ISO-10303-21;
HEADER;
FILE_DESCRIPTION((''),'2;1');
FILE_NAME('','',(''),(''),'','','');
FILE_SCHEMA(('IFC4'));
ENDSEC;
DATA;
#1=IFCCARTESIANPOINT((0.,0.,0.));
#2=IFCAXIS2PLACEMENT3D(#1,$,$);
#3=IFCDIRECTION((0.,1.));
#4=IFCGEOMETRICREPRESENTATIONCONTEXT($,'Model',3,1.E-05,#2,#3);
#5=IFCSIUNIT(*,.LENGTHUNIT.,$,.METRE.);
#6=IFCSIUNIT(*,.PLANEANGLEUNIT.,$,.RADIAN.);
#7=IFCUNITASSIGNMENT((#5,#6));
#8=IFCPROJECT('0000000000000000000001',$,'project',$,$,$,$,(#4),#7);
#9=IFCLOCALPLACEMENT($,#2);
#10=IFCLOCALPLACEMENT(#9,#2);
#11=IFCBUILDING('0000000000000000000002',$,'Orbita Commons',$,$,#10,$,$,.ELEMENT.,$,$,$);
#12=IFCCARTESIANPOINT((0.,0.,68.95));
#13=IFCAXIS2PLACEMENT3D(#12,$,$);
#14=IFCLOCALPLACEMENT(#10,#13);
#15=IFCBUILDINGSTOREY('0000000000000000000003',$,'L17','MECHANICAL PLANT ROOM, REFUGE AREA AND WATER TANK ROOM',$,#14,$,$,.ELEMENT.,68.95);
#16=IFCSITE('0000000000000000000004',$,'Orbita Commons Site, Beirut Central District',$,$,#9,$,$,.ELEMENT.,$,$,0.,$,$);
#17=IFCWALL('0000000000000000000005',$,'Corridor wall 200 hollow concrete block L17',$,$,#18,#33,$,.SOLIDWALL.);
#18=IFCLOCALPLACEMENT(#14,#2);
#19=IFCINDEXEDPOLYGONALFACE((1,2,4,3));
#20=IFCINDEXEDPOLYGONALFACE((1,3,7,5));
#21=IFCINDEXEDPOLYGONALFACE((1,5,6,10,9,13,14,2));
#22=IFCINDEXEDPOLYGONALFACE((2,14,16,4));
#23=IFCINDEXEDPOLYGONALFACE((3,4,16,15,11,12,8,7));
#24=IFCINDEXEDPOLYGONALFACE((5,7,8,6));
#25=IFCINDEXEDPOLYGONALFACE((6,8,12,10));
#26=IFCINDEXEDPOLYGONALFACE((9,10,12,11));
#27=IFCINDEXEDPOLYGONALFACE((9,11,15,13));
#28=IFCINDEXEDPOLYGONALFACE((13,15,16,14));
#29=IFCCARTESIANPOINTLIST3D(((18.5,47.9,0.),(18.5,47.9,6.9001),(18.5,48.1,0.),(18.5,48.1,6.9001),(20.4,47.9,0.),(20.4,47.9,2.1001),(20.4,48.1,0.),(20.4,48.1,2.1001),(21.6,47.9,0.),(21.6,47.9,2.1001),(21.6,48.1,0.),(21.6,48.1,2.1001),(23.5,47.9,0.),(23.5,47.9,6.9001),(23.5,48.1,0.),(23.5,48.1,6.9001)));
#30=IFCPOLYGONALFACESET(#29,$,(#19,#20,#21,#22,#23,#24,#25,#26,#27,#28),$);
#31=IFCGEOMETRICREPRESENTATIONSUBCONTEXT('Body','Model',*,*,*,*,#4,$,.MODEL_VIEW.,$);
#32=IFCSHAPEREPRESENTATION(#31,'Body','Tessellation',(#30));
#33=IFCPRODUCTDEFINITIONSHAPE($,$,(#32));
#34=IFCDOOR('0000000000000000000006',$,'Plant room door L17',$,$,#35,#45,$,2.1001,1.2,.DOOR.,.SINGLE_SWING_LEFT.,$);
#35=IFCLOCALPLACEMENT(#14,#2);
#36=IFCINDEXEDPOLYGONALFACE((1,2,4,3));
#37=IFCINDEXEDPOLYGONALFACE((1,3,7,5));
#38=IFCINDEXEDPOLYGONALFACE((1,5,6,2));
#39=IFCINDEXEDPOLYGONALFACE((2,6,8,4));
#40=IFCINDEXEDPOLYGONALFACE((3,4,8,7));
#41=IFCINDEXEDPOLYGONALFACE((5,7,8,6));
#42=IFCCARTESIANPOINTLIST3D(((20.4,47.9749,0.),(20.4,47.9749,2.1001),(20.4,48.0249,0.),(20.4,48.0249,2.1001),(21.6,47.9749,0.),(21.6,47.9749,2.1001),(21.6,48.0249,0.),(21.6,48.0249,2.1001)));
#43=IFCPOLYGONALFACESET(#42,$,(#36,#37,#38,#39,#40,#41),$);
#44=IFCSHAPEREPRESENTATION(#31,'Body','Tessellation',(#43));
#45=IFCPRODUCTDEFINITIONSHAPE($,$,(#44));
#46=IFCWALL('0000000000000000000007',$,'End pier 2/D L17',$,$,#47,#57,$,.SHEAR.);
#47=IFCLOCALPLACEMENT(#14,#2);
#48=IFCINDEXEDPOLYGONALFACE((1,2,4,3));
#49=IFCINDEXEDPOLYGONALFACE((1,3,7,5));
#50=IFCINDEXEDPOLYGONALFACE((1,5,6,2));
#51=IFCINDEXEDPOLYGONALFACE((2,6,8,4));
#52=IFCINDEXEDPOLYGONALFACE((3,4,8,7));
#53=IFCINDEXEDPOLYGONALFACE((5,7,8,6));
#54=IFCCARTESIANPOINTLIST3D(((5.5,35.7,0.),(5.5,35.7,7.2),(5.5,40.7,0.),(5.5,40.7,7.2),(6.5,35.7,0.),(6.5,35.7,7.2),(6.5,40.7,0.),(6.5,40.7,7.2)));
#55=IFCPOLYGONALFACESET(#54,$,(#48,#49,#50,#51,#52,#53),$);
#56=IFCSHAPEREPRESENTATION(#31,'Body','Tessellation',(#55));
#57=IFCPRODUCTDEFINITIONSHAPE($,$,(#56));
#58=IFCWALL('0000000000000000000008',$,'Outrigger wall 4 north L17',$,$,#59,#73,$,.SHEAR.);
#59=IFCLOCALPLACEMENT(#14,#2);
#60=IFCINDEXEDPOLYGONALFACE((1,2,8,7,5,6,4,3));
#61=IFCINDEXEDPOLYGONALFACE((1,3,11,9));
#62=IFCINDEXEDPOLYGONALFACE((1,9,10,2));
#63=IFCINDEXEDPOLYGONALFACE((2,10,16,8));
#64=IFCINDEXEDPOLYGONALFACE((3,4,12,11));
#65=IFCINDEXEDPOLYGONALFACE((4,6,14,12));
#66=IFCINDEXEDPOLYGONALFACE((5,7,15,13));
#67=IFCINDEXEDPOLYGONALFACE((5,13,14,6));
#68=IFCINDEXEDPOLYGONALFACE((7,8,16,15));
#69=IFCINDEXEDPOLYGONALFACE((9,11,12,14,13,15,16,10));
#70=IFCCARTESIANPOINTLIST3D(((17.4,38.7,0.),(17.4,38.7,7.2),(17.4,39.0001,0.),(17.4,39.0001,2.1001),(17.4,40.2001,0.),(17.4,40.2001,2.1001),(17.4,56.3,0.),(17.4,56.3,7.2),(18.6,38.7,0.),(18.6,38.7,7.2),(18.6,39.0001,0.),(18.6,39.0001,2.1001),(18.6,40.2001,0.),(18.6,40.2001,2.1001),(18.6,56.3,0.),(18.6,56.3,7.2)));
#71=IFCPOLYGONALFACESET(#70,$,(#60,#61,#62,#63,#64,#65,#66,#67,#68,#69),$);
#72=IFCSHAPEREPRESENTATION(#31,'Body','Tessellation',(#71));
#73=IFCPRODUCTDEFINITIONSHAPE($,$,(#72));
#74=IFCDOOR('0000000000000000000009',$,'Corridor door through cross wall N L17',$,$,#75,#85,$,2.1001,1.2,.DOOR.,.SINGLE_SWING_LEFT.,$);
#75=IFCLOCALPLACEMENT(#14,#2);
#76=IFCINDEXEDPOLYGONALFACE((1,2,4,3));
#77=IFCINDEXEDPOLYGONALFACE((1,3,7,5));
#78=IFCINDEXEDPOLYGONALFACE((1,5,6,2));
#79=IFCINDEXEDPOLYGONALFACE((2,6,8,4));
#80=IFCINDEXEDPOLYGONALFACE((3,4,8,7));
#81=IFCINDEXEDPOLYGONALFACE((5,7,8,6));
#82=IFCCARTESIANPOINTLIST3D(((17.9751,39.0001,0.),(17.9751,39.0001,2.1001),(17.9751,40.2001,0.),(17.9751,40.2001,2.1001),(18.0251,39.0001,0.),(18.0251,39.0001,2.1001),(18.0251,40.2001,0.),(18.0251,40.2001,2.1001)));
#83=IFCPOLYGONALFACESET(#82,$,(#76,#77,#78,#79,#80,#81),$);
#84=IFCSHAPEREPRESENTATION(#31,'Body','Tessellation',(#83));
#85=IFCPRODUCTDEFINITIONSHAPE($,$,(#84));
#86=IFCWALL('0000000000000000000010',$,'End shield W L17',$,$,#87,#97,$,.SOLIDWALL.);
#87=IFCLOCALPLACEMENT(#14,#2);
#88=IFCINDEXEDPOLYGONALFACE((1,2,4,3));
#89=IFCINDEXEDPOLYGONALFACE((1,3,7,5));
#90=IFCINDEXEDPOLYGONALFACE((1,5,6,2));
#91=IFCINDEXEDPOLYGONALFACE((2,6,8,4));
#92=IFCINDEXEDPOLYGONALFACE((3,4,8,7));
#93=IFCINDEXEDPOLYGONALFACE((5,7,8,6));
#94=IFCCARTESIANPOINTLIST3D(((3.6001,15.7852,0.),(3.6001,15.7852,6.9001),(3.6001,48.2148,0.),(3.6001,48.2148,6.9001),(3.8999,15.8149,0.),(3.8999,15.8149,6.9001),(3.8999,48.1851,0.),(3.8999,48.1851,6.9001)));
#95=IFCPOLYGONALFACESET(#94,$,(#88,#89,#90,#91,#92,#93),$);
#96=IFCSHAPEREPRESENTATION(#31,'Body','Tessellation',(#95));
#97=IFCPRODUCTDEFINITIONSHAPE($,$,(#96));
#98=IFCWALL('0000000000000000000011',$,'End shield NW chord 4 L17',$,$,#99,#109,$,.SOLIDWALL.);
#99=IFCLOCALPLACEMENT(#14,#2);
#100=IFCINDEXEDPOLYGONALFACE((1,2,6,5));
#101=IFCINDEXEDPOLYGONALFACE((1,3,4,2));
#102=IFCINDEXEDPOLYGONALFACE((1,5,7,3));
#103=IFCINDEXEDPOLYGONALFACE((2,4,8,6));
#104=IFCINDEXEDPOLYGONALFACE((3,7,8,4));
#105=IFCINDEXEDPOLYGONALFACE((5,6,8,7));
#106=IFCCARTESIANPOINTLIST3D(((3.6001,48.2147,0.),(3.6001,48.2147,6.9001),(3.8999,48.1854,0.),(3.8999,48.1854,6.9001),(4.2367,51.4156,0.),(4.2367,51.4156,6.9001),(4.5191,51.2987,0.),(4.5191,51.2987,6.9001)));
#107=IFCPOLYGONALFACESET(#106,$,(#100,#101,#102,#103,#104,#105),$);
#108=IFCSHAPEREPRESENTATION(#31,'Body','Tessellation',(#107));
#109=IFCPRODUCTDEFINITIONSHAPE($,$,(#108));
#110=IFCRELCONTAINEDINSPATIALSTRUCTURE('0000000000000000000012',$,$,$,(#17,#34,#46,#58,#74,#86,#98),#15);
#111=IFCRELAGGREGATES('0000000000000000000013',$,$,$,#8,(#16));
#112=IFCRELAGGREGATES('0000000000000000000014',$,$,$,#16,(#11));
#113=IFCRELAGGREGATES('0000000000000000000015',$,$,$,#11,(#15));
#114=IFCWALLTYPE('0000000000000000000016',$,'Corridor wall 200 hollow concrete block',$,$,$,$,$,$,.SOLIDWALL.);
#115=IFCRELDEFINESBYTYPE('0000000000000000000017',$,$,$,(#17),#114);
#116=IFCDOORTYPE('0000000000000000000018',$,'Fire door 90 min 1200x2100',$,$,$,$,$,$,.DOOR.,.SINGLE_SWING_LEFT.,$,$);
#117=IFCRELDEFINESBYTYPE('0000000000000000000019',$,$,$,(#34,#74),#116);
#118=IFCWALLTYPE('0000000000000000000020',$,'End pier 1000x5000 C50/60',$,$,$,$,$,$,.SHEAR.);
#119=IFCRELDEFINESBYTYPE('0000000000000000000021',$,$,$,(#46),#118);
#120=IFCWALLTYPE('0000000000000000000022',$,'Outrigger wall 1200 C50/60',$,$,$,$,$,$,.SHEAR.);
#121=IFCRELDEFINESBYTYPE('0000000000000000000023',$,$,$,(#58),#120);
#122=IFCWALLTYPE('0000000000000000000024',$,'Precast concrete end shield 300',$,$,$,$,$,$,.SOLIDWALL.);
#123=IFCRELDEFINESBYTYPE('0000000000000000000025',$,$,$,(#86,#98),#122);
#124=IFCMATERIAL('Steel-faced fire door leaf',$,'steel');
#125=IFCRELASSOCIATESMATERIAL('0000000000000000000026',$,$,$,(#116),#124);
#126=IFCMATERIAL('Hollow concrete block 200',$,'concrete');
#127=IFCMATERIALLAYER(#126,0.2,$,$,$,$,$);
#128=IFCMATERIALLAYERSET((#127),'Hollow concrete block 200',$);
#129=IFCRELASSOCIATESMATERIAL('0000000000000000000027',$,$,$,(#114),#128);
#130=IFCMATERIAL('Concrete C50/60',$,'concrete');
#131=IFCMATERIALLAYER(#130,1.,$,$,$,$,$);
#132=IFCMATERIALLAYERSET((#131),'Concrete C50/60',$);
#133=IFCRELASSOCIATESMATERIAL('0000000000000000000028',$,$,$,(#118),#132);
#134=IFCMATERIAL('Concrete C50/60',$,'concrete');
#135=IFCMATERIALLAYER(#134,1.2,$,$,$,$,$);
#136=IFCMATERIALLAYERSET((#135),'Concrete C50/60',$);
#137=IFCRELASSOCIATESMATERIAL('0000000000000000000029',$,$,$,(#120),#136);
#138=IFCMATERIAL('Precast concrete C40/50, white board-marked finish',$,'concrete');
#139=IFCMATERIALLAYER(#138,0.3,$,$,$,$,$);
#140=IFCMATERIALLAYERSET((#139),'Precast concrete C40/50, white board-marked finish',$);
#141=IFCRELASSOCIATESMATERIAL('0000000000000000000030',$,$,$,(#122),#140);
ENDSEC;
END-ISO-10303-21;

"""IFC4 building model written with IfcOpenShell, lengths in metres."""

from ifc_helpers import new_model, si_unit, direction, frame, frame_2d, origin, place, context, subcontext, project, spatial, polyline, rectangle, outline, extrude, material, layer, layer_set, type_object, element, fill, save


model = new_model("IFC4")

# Units and contexts
model_context = context("Model", 3, precision=1e-05, world=origin(), true_north=direction((0.0, 1.0)))
body_context = subcontext(model_context, "Body", "Model", "MODEL_VIEW")
ifc_project = project(units=[si_unit("LENGTHUNIT", "METRE"), si_unit("PLANEANGLEUNIT", "RADIAN")], contexts=[model_context])

# Site, building, storey
site_placement = place(None, origin())
site = spatial("IfcSite", under=ifc_project, at=site_placement, Name="Orbita Commons Site, Beirut Central District", CompositionType="ELEMENT", RefElevation=0.0)
building_placement = place(site_placement, origin())
building = spatial("IfcBuilding", under=site, at=building_placement, Name="Orbita Commons", CompositionType="ELEMENT")
storey_placement = place(building_placement, frame((0.0, 0.0, 68.95)))
storey = spatial("IfcBuildingStorey", under=building, at=storey_placement, Name="L17", Description="MECHANICAL PLANT ROOM, REFUGE AREA AND WATER TANK ROOM", CompositionType="ELEMENT", Elevation=68.95)

# Shared definitions
ifc_material_1 = material(Name="Steel-faced fire door leaf", Category="steel")
door_type_1 = type_object("IfcDoorType", Name="Fire door 90 min 1200x2100", OperationType="SINGLE_SWING_LEFT", PredefinedType="DOOR", material=ifc_material_1)

# Wall, opening, door
ifc_material_2 = material(Name="Hollow concrete block 200", Category="concrete")
ifc_layer_1 = layer(ifc_material_2, 0.2)
ifc_layer_set_1 = layer_set([ifc_layer_1], Name="Hollow concrete block 200")
wall_type_1 = type_object("IfcWallType", Name="Corridor wall 200 hollow concrete block", PredefinedType="SOLIDWALL", material=ifc_layer_set_1)
wall_1_placement = place(storey_placement, frame((18.5, 48.0, 0.0), z_axis=(0.0, 0.0, 1.0), x_axis=(1.0, 0.0, 0.0)))
wall_1 = element("IfcWall", 1, at=wall_1_placement, inside=storey, type_object=wall_type_1, Name="Corridor wall 200 hollow concrete block L17", PredefinedType="SOLIDWALL", context=body_context, shape_type="SweptSolid", body=[
    extrude(rectangle(XDim=5.0, YDim=0.2, at=frame_2d((2.5, 0.0))), origin(), (0.0, 0.0, 1.0), 6.9001),
])
opening_1_placement = place(wall_1_placement, frame((1.8999, 0.0, 0.0)))
opening_1 = element("IfcOpeningElement", 2, at=opening_1_placement, cuts=wall_1, PredefinedType="OPENING", context=body_context, shape_type="SweptSolid", body=[
    extrude(rectangle(XDim=1.2, YDim=2.1001, at=frame_2d((0.6001, 1.05))), frame((0.0, 0.1099, 0.0), z_axis=(0.0, -1.0, 0.0), x_axis=(1.0, 0.0, 0.0)), (0.0, 0.0, 1.0), 0.22),
])
door_1_placement = place(opening_1_placement, origin())
door_1 = element("IfcDoor", 3, at=door_1_placement, inside=storey, type_object=door_type_1, Name="Plant room door L17", OperationType="SINGLE_SWING_LEFT", OverallHeight=2.1001, OverallWidth=1.2, PredefinedType="DOOR", context=body_context, shape_type="SweptSolid", body=[
    extrude(rectangle(XDim=1.2, YDim=2.1001, at=frame_2d((0.6001, 1.05))), frame((0.0, 0.0249, 0.0), z_axis=(0.0, -1.0, 0.0), x_axis=(1.0, 0.0, 0.0)), (0.0, 0.0, 1.0), 0.05),
])
fill(opening_1, door_1)

# Wall
ifc_material_3 = material(Name="Concrete C50/60", Category="concrete")
ifc_layer_2 = layer(ifc_material_3, 1.0)
ifc_layer_set_2 = layer_set([ifc_layer_2], Name="Concrete C50/60")
wall_type_2 = type_object("IfcWallType", Name="End pier 1000x5000 C50/60", PredefinedType="SHEAR", material=ifc_layer_set_2)
wall_2_placement = place(storey_placement, frame((6.0, 35.7, 0.0), z_axis=(0.0, 0.0, 1.0), x_axis=(0.0, 1.0, 0.0)))
element("IfcWall", 4, at=wall_2_placement, inside=storey, type_object=wall_type_2, Name="End pier 2/D L17", PredefinedType="SHEAR", context=body_context, shape_type="SweptSolid", body=[
    extrude(rectangle(XDim=5.0, YDim=1.0, at=frame_2d((2.5, 0.0))), origin(), (0.0, 0.0, 1.0), 7.2),
])

# Wall, opening, door
ifc_material_4 = material(Name="Concrete C50/60", Category="concrete")
ifc_layer_3 = layer(ifc_material_4, 1.2)
ifc_layer_set_3 = layer_set([ifc_layer_3], Name="Concrete C50/60")
wall_type_3 = type_object("IfcWallType", Name="Outrigger wall 1200 C50/60", PredefinedType="SHEAR", material=ifc_layer_set_3)
wall_3_placement = place(storey_placement, frame((18.0, 38.7, 0.0), z_axis=(0.0, 0.0, 1.0), x_axis=(0.0, 1.0, 0.0)))
wall_3 = element("IfcWall", 5, at=wall_3_placement, inside=storey, type_object=wall_type_3, Name="Outrigger wall 4 north L17", PredefinedType="SHEAR", context=body_context, shape_type="SweptSolid", body=[
    extrude(rectangle(XDim=17.6001, YDim=1.2, at=frame_2d((8.8, 0.0))), origin(), (0.0, 0.0, 1.0), 7.2),
])
opening_2_placement = place(wall_3_placement, frame((0.3, 0.0, 0.0)))
opening_2 = element("IfcOpeningElement", 6, at=opening_2_placement, cuts=wall_3, PredefinedType="OPENING", context=body_context, shape_type="SweptSolid", body=[
    extrude(rectangle(XDim=1.2, YDim=2.1001, at=frame_2d((0.6001, 1.05))), frame((0.0, 0.6099, 0.0), z_axis=(0.0, -1.0, 0.0), x_axis=(1.0, 0.0, 0.0)), (0.0, 0.0, 1.0), 1.22),
])
door_2_placement = place(opening_2_placement, origin())
door_2 = element("IfcDoor", 7, at=door_2_placement, inside=storey, type_object=door_type_1, Name="Corridor door through cross wall N L17", OperationType="SINGLE_SWING_LEFT", OverallHeight=2.1001, OverallWidth=1.2, PredefinedType="DOOR", context=body_context, shape_type="SweptSolid", body=[
    extrude(rectangle(XDim=1.2, YDim=2.1001, at=frame_2d((0.6001, 1.05))), frame((0.0, 0.0249, 0.0), z_axis=(0.0, -1.0, 0.0), x_axis=(1.0, 0.0, 0.0)), (0.0, 0.0, 1.0), 0.05),
])
fill(opening_2, door_2)

# Walls
ifc_material_5 = material(Name="Precast concrete C40/50, white board-marked finish", Category="concrete")
ifc_layer_4 = layer(ifc_material_5, 0.3)
ifc_layer_set_4 = layer_set([ifc_layer_4], Name="Precast concrete C40/50, white board-marked finish")
wall_type_4 = type_object("IfcWallType", Name="Precast concrete end shield 300", PredefinedType="SOLIDWALL", material=ifc_layer_set_4)
wall_4_placement = place(storey_placement, frame((3.75, 48.2, 0.0), z_axis=(0.0, 0.0, 1.0), x_axis=(0.0, -1.0, 0.0)))
element("IfcWall", 8, at=wall_4_placement, inside=storey, type_object=wall_type_4, Name="End shield W L17", PredefinedType="SOLIDWALL", context=body_context, shape_type="SweptSolid", body=[
    extrude(outline(polyline([(-0.0149, -0.1499), (32.4148, -0.1499), (32.385, 0.1499), (0.0149, 0.1499), (-0.0149, -0.1499)])), origin(), (0.0, 0.0, 1.0), 6.9001),
])
wall_5_placement = place(storey_placement, frame((4.3779, 51.3572, 0.0), z_axis=(0.0, 0.0, 1.0), x_axis=(-0.195066, -0.98079, 0.0)))
element("IfcWall", 9, at=wall_5_placement, inside=storey, type_object=wall_type_4, Name="End shield NW chord 4 L17", PredefinedType="SOLIDWALL", context=body_context, shape_type="SweptSolid", body=[
    extrude(outline(polyline([(-0.0298, -0.1499), (3.2339, -0.1499), (3.2041, 0.1499), (0.0298, 0.1499), (-0.0298, -0.1499)])), origin(), (0.0, 0.0, 1.0), 6.9001),
])

save(model, "model.ifc")
